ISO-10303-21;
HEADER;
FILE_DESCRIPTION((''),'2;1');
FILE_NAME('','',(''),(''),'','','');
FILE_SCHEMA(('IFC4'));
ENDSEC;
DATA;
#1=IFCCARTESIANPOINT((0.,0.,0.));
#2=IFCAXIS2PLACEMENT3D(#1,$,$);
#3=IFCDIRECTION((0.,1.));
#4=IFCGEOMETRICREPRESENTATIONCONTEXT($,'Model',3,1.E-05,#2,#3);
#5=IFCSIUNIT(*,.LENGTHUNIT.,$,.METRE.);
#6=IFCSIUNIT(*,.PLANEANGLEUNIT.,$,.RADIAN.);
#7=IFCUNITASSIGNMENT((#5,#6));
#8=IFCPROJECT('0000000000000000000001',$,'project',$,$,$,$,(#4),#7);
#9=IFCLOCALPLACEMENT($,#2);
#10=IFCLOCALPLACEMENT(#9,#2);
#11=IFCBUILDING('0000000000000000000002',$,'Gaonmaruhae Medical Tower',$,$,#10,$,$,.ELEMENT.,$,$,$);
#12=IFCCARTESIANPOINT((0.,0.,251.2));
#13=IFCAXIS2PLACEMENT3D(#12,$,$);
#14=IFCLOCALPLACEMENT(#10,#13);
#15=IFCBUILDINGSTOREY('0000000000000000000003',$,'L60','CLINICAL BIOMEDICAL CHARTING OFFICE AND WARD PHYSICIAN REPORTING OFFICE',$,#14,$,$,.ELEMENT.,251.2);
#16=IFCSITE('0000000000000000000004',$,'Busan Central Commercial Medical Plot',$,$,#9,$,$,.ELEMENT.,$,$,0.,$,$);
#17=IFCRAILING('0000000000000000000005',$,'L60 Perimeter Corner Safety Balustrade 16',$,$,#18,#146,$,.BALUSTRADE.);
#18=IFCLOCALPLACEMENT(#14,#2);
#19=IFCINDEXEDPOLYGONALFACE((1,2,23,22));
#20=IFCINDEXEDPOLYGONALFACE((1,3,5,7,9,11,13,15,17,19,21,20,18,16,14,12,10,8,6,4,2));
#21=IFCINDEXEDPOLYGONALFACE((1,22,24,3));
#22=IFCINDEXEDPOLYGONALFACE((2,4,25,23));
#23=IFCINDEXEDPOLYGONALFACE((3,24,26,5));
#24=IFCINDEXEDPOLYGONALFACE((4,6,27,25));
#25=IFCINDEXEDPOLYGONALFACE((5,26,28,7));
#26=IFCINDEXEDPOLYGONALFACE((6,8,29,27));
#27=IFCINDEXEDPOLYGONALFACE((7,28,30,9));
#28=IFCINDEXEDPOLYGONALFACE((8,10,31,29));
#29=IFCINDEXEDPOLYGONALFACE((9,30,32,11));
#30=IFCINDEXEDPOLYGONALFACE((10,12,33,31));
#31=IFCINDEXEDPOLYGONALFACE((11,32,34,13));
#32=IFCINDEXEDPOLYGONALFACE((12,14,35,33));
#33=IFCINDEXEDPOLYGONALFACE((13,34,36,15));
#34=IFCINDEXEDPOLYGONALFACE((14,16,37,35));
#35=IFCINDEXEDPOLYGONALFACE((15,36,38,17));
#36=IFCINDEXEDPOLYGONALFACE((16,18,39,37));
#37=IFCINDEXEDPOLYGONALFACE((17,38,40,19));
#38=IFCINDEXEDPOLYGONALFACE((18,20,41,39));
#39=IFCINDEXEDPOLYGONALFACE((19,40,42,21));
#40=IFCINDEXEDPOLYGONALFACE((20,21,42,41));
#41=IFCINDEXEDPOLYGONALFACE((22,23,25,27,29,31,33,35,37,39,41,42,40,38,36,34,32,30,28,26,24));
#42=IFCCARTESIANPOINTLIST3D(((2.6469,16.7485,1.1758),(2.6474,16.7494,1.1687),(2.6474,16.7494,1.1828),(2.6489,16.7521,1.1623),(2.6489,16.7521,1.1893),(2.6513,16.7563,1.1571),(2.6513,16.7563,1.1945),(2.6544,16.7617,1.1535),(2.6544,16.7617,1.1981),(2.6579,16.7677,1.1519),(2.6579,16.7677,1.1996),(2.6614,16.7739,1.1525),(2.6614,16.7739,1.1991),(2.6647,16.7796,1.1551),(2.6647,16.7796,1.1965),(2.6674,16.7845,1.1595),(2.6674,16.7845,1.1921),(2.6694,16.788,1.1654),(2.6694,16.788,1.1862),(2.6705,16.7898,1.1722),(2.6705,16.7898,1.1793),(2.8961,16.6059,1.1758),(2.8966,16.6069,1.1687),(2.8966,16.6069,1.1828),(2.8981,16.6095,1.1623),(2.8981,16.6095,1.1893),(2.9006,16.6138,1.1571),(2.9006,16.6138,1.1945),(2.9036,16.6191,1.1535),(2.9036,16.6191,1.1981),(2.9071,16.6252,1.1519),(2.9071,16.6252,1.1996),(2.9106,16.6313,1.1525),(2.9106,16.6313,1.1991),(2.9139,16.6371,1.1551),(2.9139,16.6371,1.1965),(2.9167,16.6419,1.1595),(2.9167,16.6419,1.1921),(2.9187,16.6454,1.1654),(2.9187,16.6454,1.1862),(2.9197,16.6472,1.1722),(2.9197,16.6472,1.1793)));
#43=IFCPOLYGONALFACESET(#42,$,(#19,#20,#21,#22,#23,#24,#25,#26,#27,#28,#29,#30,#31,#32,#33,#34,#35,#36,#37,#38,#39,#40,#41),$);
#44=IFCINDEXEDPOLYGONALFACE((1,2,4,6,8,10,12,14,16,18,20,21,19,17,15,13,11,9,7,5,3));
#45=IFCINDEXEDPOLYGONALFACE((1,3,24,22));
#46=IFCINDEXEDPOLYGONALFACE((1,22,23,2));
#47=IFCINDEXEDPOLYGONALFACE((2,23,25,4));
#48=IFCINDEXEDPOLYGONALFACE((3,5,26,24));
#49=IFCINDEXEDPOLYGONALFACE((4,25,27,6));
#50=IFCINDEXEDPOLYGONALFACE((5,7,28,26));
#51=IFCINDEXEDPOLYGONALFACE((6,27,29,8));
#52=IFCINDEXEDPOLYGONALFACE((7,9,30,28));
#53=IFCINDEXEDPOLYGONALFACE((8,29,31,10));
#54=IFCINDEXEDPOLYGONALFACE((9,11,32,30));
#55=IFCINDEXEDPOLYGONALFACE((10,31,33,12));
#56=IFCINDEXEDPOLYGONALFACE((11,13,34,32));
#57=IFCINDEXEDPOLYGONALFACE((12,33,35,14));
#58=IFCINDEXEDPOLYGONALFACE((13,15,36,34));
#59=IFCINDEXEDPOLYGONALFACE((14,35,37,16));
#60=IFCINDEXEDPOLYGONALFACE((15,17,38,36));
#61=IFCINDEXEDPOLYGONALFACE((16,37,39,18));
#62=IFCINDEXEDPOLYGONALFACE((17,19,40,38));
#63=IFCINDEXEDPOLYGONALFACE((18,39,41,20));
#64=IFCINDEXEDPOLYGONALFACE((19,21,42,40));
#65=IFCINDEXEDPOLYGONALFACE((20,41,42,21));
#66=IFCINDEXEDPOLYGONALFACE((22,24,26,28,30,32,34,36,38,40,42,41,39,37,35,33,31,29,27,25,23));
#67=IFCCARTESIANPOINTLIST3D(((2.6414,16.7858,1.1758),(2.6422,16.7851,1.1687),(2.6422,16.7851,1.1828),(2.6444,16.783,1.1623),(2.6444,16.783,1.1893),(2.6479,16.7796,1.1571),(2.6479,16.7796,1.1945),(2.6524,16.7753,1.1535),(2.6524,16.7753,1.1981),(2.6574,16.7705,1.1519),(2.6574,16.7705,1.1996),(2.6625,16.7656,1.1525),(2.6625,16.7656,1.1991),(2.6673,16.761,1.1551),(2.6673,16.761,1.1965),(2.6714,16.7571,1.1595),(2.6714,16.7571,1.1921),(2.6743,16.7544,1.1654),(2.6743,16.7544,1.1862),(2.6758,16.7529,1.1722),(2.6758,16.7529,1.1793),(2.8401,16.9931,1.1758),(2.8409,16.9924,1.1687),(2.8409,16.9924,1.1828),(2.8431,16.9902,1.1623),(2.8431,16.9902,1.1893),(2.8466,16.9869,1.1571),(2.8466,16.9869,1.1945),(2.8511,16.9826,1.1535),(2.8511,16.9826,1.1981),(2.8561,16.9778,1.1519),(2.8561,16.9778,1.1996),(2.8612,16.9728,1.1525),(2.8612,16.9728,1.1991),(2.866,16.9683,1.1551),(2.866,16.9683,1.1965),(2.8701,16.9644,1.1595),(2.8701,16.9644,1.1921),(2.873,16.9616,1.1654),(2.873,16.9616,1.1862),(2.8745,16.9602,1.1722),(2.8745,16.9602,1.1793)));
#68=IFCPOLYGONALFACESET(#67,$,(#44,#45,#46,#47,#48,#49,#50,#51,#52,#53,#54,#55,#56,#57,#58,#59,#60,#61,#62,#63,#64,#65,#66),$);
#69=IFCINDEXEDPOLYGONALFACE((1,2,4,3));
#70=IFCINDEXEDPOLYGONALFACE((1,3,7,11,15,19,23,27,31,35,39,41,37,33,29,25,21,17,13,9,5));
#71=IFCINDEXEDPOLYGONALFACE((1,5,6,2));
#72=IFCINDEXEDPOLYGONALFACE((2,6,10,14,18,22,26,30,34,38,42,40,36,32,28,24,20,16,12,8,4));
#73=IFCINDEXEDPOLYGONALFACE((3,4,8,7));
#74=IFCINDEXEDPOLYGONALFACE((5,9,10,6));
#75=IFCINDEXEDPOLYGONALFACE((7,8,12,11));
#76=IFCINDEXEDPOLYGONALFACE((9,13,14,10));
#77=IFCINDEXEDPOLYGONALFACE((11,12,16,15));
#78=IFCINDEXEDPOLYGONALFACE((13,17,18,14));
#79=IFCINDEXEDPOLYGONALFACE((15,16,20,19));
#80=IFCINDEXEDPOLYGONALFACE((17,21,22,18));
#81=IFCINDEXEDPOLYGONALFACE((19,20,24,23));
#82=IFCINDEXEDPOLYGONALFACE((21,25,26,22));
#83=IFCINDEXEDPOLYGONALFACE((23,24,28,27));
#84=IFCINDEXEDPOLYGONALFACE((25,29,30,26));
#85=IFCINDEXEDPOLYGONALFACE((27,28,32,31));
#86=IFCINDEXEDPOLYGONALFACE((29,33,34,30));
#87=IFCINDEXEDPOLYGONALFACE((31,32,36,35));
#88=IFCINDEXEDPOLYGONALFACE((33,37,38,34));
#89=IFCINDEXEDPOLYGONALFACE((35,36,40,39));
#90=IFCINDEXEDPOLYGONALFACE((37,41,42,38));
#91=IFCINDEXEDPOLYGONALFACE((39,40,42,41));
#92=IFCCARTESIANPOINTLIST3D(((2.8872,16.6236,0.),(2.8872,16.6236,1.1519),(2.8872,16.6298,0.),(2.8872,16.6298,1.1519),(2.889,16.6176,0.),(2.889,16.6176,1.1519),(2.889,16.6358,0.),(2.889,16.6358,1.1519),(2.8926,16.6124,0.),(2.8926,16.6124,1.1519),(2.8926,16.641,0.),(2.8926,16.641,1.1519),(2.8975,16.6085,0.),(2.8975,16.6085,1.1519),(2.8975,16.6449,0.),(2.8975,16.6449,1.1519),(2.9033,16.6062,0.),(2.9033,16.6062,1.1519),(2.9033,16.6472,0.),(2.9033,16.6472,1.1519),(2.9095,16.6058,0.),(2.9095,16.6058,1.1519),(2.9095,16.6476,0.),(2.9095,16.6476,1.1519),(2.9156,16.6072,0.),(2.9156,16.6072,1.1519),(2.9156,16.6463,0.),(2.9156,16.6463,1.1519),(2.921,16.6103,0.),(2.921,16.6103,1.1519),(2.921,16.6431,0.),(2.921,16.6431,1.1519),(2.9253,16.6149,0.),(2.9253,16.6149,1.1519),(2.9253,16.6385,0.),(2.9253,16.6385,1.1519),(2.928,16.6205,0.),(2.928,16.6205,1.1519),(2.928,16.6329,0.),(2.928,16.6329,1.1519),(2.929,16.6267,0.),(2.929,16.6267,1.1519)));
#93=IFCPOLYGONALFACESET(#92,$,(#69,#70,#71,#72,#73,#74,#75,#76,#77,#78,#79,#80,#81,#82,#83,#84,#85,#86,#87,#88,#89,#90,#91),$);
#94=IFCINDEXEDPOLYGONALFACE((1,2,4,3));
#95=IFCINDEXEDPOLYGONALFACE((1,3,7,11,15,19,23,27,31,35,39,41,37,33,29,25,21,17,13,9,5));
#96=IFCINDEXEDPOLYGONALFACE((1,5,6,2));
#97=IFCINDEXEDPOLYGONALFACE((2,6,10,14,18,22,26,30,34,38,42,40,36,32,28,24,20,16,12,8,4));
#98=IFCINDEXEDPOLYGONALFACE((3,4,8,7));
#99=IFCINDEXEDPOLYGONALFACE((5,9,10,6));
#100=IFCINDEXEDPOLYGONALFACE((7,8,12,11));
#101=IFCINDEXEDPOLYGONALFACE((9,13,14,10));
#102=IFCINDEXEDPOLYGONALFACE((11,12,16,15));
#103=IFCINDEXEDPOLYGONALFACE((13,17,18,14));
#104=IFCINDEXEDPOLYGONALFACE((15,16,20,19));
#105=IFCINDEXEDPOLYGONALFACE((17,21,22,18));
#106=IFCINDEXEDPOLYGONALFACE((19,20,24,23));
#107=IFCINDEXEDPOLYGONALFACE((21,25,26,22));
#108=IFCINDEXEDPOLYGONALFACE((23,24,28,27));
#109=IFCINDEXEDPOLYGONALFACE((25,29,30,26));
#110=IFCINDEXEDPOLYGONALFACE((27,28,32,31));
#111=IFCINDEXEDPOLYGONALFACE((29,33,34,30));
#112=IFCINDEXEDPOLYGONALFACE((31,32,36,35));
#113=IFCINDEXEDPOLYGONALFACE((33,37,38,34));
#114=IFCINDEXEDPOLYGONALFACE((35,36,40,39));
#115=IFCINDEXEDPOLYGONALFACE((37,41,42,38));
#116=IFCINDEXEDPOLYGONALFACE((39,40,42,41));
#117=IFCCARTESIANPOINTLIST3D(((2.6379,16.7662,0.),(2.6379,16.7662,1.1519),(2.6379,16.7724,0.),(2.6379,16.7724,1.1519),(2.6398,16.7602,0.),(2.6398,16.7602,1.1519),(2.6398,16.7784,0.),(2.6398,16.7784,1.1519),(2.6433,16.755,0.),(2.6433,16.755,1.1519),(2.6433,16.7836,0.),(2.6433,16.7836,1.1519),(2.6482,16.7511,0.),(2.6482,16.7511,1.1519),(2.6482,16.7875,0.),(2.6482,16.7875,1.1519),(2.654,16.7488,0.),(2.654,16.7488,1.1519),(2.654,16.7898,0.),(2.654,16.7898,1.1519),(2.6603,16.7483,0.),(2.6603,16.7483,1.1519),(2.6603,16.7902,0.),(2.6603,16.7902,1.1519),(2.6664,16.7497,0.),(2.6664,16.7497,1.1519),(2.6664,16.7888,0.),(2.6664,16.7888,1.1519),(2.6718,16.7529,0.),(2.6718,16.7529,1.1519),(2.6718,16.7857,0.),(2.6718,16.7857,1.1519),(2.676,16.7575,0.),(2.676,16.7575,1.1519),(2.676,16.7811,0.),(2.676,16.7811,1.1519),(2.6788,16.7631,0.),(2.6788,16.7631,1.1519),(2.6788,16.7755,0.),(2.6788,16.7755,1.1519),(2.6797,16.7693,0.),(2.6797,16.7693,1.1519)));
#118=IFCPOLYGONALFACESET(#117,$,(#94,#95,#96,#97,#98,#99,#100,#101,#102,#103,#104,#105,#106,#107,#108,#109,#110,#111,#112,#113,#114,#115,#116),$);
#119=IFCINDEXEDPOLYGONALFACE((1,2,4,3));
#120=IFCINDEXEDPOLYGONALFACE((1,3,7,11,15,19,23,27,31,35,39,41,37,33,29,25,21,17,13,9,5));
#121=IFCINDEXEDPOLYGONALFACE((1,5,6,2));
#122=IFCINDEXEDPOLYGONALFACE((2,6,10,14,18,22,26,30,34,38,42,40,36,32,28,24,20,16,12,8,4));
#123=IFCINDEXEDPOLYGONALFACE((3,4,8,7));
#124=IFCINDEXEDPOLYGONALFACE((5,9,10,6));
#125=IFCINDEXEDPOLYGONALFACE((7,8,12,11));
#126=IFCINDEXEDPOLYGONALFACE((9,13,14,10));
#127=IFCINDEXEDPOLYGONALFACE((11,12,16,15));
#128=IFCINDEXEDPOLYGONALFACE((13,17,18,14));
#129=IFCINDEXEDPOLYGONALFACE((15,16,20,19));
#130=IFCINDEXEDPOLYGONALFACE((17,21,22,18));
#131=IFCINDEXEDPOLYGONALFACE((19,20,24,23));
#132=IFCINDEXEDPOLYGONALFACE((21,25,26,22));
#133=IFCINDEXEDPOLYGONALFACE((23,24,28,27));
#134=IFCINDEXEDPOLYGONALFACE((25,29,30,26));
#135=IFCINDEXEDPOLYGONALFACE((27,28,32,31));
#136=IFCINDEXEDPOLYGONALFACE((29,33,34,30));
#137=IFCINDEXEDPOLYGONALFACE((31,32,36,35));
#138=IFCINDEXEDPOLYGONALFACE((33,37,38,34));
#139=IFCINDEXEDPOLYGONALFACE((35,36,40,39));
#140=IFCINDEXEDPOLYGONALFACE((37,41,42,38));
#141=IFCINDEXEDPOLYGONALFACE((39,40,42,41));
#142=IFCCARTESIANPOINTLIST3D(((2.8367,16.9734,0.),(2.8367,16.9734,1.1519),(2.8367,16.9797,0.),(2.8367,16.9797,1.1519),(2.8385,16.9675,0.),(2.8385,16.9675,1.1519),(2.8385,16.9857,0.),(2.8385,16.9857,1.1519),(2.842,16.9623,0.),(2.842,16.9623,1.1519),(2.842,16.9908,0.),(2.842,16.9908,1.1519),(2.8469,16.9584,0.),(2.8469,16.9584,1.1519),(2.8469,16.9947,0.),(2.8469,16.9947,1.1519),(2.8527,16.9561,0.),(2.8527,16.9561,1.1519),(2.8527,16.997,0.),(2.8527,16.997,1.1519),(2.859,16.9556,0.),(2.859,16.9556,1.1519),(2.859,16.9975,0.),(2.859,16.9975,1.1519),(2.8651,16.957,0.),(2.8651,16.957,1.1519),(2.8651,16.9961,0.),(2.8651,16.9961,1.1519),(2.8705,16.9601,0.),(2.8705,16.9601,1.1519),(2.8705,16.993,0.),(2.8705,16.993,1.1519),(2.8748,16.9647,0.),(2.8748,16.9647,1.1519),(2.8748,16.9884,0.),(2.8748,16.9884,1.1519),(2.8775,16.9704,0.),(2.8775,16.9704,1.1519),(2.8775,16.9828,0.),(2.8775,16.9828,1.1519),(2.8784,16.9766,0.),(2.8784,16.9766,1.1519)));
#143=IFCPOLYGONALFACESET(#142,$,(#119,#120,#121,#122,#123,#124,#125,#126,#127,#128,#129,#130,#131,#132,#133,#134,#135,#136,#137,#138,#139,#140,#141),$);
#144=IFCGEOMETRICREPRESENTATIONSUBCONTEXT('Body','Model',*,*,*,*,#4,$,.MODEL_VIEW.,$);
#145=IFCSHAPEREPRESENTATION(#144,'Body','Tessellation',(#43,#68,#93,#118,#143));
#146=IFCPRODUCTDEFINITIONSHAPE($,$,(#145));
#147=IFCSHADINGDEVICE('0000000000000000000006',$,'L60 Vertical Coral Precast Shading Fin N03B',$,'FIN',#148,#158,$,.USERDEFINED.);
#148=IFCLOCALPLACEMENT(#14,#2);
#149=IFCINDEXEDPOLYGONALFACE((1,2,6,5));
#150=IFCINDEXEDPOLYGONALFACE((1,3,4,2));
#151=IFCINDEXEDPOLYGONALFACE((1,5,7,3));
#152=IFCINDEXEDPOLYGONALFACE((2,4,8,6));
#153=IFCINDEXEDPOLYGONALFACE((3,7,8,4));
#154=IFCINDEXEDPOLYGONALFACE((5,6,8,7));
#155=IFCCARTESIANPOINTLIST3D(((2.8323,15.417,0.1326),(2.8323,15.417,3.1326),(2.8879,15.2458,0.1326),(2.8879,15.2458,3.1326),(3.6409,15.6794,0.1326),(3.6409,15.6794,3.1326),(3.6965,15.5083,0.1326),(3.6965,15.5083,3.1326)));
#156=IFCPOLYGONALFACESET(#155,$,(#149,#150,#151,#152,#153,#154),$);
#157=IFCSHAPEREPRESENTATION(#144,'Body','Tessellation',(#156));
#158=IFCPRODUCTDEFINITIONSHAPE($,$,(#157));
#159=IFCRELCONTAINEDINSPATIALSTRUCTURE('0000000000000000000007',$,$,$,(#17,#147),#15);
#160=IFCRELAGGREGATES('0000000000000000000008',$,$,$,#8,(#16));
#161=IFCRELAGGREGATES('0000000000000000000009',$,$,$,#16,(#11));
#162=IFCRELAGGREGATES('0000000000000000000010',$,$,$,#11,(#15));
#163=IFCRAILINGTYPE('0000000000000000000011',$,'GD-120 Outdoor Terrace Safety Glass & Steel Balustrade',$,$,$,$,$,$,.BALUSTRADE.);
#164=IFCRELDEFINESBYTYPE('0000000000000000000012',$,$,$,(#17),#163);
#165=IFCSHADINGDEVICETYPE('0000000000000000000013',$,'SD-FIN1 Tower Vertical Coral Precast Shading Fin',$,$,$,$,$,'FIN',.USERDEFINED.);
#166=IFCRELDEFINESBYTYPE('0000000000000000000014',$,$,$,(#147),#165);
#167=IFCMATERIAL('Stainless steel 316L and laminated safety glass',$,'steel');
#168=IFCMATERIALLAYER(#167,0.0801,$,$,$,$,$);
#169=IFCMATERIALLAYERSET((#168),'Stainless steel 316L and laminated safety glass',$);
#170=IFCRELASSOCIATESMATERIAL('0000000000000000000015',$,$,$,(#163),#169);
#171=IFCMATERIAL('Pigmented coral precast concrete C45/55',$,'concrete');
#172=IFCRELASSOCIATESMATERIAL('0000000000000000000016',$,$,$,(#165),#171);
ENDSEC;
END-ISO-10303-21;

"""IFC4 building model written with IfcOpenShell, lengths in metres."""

from ifc_helpers import new_model, si_unit, direction, frame, origin, origin_2d, place, context, subcontext, project, spatial, rectangle, circle, extrude, material, layer, layer_set, type_object, element, save


model = new_model("IFC4")

# Units and contexts
model_context = context("Model", 3, precision=1e-05, world=origin(), true_north=direction((0.0, 1.0)))
body_context = subcontext(model_context, "Body", "Model", "MODEL_VIEW")
ifc_project = project(units=[si_unit("LENGTHUNIT", "METRE"), si_unit("PLANEANGLEUNIT", "RADIAN")], contexts=[model_context])

# Site, building, storey
site_placement = place(None, origin())
site = spatial("IfcSite", under=ifc_project, at=site_placement, Name="Busan Central Commercial Medical Plot", CompositionType="ELEMENT", RefElevation=0.0)
building_placement = place(site_placement, origin())
building = spatial("IfcBuilding", under=site, at=building_placement, Name="Gaonmaruhae Medical Tower", CompositionType="ELEMENT")
storey_placement = place(building_placement, frame((0.0, 0.0, 251.2)))
storey = spatial("IfcBuildingStorey", under=building, at=storey_placement, Name="L60", Description="CLINICAL BIOMEDICAL CHARTING OFFICE AND WARD PHYSICIAN REPORTING OFFICE", CompositionType="ELEMENT", Elevation=251.2)

# Railing
ifc_material_1 = material(Name="Stainless steel 316L and laminated safety glass", Category="steel")
ifc_layer_1 = layer(ifc_material_1, 0.0801)
ifc_layer_set_1 = layer_set([ifc_layer_1], Name="Stainless steel 316L and laminated safety glass")
railing_type = type_object("IfcRailingType", Name="GD-120 Outdoor Terrace Safety Glass & Steel Balustrade", PredefinedType="BALUSTRADE", material=ifc_layer_set_1)
railing_1_placement = place(storey_placement, frame((2.908, 16.6267, 0.0)))
element("IfcRailing", 1, at=railing_1_placement, inside=storey, type_object=railing_type, Name="L60 Perimeter Corner Safety Balustrade 16", PredefinedType="BALUSTRADE", context=body_context, shape_type="SweptSolid", body=[
    extrude(circle(Radius=0.0239, at=origin_2d()), frame((0.0, 0.0, 1.1758), z_axis=(-0.868034, 0.496505, 0.0), x_axis=(-0.496505, -0.868034, 0.0)), (0.0, 0.0, 1.0), 0.2871),
    extrude(circle(Radius=0.0239, at=origin_2d()), frame((-0.2493, 0.1426, 1.1758), z_axis=(0.692072, 0.721829, 0.0), x_axis=(-0.721829, 0.692072, 0.0)), (0.0, 0.0, 1.0), 0.2871),
    extrude(circle(Radius=0.021, at=origin_2d()), origin(), (0.0, 0.0, 1.0), 1.1519),
    extrude(circle(Radius=0.021, at=origin_2d()), frame((-0.2493, 0.1426, 0.0)), (0.0, 0.0, 1.0), 1.1519),
    extrude(circle(Radius=0.021, at=origin_2d()), frame((-0.0505, 0.3499, 0.0)), (0.0, 0.0, 1.0), 1.1519),
])

# Shading device
ifc_material_2 = material(Name="Pigmented coral precast concrete C45/55", Category="concrete")
shading_device_type = type_object("IfcShadingDeviceType", Name="SD-FIN1 Tower Vertical Coral Precast Shading Fin", ElementType="FIN", PredefinedType="USERDEFINED", material=ifc_material_2)
shading_device_placement = place(storey_placement, frame((3.2644, 15.4626, 0.1326), z_axis=(0.0, 0.0, 1.0), x_axis=(-0.308735, 0.951148, 0.0)))
element("IfcShadingDevice", 2, at=shading_device_placement, inside=storey, type_object=shading_device_type, Name="L60 Vertical Coral Precast Shading Fin N03B", ObjectType="FIN", PredefinedType="USERDEFINED", context=body_context, shape_type="SweptSolid", body=[
    extrude(rectangle(XDim=0.1799, YDim=0.8501, at=origin_2d()), origin(), (0.0, 0.0, 1.0), 3.0),
])

save(model, "model.ifc")
